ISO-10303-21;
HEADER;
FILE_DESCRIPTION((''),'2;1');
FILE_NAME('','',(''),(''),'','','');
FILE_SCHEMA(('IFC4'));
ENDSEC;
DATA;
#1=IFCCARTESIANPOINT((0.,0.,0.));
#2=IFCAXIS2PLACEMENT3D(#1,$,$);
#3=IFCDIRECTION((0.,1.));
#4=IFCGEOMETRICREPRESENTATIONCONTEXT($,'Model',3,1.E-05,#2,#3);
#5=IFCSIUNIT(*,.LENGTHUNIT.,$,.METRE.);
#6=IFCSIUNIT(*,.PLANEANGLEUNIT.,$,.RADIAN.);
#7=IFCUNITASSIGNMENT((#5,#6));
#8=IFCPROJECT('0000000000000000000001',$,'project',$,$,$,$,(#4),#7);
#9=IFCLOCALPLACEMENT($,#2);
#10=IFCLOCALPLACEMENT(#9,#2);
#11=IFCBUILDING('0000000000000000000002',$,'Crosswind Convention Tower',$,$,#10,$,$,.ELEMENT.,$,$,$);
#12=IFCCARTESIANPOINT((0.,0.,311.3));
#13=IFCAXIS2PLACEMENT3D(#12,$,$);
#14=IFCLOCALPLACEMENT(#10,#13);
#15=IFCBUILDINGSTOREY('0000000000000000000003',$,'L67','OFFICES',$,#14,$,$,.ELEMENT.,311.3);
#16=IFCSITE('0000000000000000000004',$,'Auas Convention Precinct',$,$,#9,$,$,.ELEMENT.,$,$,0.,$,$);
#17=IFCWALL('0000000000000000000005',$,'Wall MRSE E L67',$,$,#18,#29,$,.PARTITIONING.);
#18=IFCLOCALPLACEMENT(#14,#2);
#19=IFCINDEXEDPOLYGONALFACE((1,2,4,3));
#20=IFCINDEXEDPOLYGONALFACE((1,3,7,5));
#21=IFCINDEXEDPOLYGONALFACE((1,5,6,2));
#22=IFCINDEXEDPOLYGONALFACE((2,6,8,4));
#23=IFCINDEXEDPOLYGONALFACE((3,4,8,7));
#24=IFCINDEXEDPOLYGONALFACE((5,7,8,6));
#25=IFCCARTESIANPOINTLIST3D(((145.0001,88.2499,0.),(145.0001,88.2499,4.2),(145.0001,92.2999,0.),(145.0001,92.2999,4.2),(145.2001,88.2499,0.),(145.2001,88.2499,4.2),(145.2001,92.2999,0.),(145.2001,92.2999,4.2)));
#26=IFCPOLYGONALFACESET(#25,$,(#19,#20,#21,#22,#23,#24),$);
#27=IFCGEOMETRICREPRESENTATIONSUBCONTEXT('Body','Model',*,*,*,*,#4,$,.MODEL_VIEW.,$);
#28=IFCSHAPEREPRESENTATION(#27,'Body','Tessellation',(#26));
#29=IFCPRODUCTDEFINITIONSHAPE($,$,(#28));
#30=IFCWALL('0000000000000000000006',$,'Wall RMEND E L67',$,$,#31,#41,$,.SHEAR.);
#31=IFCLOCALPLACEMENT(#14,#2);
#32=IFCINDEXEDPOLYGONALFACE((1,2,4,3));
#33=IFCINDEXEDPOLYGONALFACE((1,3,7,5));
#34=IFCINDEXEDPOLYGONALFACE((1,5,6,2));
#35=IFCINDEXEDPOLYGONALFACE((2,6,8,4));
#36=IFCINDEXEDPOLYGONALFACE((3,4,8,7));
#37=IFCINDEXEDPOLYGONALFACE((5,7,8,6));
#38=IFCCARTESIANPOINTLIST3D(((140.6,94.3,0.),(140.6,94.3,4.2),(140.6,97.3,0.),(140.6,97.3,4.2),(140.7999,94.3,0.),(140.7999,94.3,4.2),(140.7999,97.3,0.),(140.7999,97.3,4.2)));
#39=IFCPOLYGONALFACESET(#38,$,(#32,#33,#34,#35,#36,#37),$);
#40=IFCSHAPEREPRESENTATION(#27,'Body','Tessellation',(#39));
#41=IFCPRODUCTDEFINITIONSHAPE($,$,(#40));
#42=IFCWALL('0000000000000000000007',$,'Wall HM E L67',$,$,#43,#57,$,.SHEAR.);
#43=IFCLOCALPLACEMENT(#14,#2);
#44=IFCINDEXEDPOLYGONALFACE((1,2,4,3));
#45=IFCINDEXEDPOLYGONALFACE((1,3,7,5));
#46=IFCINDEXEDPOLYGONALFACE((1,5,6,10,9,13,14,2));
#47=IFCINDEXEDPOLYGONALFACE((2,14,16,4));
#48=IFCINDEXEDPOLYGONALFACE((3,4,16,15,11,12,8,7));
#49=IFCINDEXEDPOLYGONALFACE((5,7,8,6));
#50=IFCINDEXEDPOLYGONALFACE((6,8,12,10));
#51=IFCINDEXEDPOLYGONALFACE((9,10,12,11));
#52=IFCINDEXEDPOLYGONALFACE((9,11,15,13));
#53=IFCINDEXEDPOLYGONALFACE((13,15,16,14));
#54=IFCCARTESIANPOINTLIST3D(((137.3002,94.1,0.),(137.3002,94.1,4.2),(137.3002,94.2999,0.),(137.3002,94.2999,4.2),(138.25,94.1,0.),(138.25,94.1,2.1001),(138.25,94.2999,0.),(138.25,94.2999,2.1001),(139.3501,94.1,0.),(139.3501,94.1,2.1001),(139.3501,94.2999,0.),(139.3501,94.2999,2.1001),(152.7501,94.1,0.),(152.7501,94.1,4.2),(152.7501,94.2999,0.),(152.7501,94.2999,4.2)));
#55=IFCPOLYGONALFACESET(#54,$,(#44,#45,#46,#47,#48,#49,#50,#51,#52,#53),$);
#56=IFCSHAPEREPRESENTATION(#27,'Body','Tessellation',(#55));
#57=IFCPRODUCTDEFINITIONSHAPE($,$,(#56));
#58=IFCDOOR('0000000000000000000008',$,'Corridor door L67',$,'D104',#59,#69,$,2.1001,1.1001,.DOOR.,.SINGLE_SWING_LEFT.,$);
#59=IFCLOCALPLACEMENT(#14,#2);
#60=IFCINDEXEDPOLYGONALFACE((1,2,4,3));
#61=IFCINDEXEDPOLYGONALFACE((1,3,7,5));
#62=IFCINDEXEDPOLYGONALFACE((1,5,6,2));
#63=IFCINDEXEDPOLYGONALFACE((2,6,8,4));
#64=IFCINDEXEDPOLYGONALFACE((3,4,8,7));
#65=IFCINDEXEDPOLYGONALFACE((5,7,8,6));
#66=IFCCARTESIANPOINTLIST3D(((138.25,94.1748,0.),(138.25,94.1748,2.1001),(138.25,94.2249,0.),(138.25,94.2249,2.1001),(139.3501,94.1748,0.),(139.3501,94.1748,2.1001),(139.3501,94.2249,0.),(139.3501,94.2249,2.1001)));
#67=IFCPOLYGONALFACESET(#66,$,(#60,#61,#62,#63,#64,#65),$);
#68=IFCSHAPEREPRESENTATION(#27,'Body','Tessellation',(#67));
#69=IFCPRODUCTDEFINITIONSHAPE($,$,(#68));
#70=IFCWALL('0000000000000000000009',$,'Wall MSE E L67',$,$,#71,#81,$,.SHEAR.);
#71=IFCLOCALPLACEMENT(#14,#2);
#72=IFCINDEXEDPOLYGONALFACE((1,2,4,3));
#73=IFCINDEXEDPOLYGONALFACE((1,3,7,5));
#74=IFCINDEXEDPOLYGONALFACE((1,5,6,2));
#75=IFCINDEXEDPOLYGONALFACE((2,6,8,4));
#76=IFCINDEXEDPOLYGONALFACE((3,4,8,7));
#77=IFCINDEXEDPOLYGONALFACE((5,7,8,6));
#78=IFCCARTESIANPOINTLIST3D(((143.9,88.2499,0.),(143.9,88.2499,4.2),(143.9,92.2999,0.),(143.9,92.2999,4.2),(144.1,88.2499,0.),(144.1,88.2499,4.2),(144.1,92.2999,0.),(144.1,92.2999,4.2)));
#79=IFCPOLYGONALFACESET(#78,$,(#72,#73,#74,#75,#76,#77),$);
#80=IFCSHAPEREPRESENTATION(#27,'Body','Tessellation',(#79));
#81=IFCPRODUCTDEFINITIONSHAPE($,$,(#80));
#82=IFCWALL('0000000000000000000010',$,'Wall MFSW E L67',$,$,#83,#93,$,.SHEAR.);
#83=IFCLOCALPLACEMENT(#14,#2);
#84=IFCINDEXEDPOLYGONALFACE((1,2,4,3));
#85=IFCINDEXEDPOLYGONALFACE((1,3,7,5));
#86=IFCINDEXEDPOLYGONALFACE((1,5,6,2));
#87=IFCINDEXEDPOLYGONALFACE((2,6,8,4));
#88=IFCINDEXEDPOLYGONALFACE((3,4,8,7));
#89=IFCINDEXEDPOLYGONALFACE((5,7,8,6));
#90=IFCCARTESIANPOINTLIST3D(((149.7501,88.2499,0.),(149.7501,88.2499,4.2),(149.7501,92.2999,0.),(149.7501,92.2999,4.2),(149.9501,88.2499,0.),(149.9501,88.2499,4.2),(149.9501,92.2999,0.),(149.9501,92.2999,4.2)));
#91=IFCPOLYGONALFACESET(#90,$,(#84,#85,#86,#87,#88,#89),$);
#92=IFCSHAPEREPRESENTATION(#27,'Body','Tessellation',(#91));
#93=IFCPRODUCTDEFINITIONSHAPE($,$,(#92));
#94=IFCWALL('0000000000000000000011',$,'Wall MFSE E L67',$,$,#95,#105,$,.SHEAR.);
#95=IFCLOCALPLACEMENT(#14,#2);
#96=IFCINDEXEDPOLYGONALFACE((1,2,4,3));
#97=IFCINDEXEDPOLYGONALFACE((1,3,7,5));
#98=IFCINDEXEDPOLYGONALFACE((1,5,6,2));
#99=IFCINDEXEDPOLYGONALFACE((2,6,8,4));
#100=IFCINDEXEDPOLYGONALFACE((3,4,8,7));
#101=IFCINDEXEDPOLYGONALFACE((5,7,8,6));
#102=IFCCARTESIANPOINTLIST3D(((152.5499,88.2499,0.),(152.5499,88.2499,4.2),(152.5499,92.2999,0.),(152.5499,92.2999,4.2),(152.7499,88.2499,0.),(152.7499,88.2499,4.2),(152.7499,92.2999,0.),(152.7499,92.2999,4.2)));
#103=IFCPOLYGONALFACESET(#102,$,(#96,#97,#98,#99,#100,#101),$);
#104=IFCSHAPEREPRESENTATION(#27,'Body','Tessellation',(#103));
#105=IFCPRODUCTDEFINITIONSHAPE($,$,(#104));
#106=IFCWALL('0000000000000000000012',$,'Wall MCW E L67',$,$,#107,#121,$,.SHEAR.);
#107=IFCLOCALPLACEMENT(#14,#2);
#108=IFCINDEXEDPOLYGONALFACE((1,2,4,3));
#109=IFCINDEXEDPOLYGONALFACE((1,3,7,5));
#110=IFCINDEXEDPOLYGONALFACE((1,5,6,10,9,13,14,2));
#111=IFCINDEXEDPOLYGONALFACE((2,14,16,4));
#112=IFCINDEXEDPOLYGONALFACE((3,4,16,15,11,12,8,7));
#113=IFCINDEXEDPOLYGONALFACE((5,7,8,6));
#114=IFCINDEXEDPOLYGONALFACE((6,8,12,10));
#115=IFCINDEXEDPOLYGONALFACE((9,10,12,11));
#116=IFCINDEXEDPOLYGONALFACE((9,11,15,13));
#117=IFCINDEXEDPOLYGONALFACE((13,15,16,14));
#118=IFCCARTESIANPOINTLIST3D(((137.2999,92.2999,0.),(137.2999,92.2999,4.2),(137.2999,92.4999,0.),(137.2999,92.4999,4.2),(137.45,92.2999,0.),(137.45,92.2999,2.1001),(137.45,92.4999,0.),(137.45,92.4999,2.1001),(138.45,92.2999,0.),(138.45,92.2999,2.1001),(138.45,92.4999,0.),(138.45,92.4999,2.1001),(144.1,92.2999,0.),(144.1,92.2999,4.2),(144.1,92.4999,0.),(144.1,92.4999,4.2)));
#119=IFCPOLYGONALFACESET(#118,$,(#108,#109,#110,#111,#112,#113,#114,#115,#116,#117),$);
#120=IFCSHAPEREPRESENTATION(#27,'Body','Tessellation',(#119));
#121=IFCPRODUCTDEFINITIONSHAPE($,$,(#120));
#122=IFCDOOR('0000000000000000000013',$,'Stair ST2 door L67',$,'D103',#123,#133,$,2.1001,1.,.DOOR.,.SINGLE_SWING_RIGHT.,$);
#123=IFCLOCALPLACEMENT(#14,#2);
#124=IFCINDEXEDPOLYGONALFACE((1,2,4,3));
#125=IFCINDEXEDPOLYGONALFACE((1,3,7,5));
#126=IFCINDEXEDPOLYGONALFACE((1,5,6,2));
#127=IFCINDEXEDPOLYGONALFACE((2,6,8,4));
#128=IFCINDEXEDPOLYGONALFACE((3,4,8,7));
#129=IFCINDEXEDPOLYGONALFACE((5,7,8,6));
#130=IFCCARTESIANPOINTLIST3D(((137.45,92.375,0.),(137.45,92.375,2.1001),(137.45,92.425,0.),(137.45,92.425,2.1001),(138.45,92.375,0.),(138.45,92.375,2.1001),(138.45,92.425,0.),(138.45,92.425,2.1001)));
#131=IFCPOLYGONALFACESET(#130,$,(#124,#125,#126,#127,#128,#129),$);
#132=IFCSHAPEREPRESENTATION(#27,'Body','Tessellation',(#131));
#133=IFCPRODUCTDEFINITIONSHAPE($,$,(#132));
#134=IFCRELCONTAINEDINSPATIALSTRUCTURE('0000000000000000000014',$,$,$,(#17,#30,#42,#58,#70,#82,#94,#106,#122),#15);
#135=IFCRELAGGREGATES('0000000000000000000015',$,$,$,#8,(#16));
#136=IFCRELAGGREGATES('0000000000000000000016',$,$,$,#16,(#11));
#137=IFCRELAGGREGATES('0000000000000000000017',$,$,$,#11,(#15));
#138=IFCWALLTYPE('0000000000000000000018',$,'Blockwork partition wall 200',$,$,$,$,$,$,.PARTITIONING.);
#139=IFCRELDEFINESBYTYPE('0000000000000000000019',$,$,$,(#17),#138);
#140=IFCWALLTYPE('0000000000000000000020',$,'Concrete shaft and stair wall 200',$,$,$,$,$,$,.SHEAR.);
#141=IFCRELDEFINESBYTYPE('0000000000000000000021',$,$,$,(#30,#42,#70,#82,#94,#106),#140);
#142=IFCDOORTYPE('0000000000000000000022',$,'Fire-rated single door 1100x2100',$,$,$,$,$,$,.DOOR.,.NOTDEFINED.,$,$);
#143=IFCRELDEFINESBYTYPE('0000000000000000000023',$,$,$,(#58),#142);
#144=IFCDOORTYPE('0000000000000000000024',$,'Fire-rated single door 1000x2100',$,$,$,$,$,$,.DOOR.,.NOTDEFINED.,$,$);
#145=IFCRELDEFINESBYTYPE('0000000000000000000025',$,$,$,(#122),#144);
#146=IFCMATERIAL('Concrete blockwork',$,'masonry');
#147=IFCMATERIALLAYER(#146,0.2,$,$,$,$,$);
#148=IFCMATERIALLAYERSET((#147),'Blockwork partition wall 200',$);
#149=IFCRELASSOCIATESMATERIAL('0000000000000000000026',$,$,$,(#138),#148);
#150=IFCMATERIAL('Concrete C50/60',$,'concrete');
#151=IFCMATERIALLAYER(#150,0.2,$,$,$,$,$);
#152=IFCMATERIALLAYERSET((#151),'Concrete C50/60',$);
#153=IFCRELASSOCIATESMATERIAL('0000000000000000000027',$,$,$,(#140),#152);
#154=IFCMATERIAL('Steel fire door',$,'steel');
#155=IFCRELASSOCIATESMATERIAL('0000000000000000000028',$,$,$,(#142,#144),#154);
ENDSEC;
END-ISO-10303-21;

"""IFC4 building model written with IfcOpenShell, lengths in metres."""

from ifc_helpers import new_model, si_unit, direction, frame, frame_2d, origin, place, context, subcontext, project, spatial, rectangle, extrude, material, layer, layer_set, type_object, element, fill, save


model = new_model("IFC4")

# Units and contexts
model_context = context("Model", 3, precision=1e-05, world=origin(), true_north=direction((0.0, 1.0)))
body_context = subcontext(model_context, "Body", "Model", "MODEL_VIEW")
ifc_project = project(units=[si_unit("LENGTHUNIT", "METRE"), si_unit("PLANEANGLEUNIT", "RADIAN")], contexts=[model_context])

# Site, building, storey
site_placement = place(None, origin())
site = spatial("IfcSite", under=ifc_project, at=site_placement, Name="Auas Convention Precinct", CompositionType="ELEMENT", RefElevation=0.0)
building_placement = place(site_placement, origin())
building = spatial("IfcBuilding", under=site, at=building_placement, Name="Crosswind Convention Tower", CompositionType="ELEMENT")
storey_placement = place(building_placement, frame((0.0, 0.0, 311.3)))
storey = spatial("IfcBuildingStorey", under=building, at=storey_placement, Name="L67", Description="OFFICES", CompositionType="ELEMENT", Elevation=311.3)

# Wall
ifc_material_1 = material(Name="Concrete blockwork", Category="masonry")
ifc_layer_1 = layer(ifc_material_1, 0.2)
ifc_layer_set_1 = layer_set([ifc_layer_1], Name="Blockwork partition wall 200")
wall_type_1 = type_object("IfcWallType", Name="Blockwork partition wall 200", PredefinedType="PARTITIONING", material=ifc_layer_set_1)
wall_1_placement = place(storey_placement, frame((145.1001, 88.25, 0.0), z_axis=(0.0, 0.0, 1.0), x_axis=(0.0, 1.0, 0.0)))
element("IfcWall", 1, at=wall_1_placement, inside=storey, type_object=wall_type_1, Name="Wall MRSE E L67", PredefinedType="PARTITIONING", context=body_context, shape_type="SweptSolid", body=[
    extrude(rectangle(XDim=4.05, YDim=0.2, at=frame_2d((2.0249, 0.0))), origin(), (0.0, 0.0, 1.0), 4.2),
])

# Shared definitions
ifc_material_2 = material(Name="Concrete C50/60", Category="concrete")

# Wall
ifc_layer_2 = layer(ifc_material_2, 0.2)
ifc_layer_set_2 = layer_set([ifc_layer_2], Name="Concrete C50/60")
wall_type_2 = type_object("IfcWallType", Name="Concrete shaft and stair wall 200", PredefinedType="SHEAR", material=ifc_layer_set_2)
wall_2_placement = place(storey_placement, frame((140.7, 94.3, 0.0), z_axis=(0.0, 0.0, 1.0), x_axis=(0.0, 1.0, 0.0)))
element("IfcWall", 2, at=wall_2_placement, inside=storey, type_object=wall_type_2, Name="Wall RMEND E L67", PredefinedType="SHEAR", context=body_context, shape_type="SweptSolid", body=[
    extrude(rectangle(XDim=3.0, YDim=0.2, at=frame_2d((1.5, 0.0))), origin(), (0.0, 0.0, 1.0), 4.2),
])

# Wall, opening, door
wall_3_placement = place(storey_placement, frame((137.3, 94.2, 0.0), z_axis=(0.0, 0.0, 1.0), x_axis=(1.0, 0.0, 0.0)))
wall_3 = element("IfcWall", 3, at=wall_3_placement, inside=storey, type_object=wall_type_2, Name="Wall HM E L67", PredefinedType="SHEAR", context=body_context, shape_type="SweptSolid", body=[
    extrude(rectangle(XDim=15.45, YDim=0.2, at=frame_2d((7.7251, 0.0))), origin(), (0.0, 0.0, 1.0), 4.2),
])
opening_1_placement = place(wall_3_placement, frame((0.95, 0.0, 0.0)))
opening_1 = element("IfcOpeningElement", 4, at=opening_1_placement, cuts=wall_3, PredefinedType="OPENING", context=body_context, shape_type="SweptSolid", body=[
    extrude(rectangle(XDim=1.1001, YDim=2.1001, at=frame_2d((0.55, 1.05))), frame((0.0, 0.1099, 0.0), z_axis=(0.0, -1.0, 0.0), x_axis=(1.0, 0.0, 0.0)), (0.0, 0.0, 1.0), 0.22),
])
ifc_material_3 = material(Name="Steel fire door", Category="steel")
door_type_1 = type_object("IfcDoorType", Name="Fire-rated single door 1100x2100", OperationType="NOTDEFINED", PredefinedType="DOOR", material=ifc_material_3)
door_1_placement = place(opening_1_placement, origin())
door_1 = element("IfcDoor", 5, at=door_1_placement, inside=storey, type_object=door_type_1, Name="Corridor door L67", ObjectType="D104", OperationType="SINGLE_SWING_LEFT", OverallHeight=2.1001, OverallWidth=1.1001, PredefinedType="DOOR", context=body_context, shape_type="SweptSolid", body=[
    extrude(rectangle(XDim=1.1001, YDim=2.1001, at=frame_2d((0.55, 1.05))), frame((0.0, 0.0249, 0.0), z_axis=(0.0, -1.0, 0.0), x_axis=(1.0, 0.0, 0.0)), (0.0, 0.0, 1.0), 0.05),
])
fill(opening_1, door_1)

# Walls
for number, where, z_axis, x_axis, name in (
    (6, (144.0, 88.25, 0.0), (0.0, 0.0, 1.0), (0.0, 1.0, 0.0), "Wall MSE E L67"),
    (7, (149.8501, 88.25, 0.0), (0.0, 0.0, 1.0), (0.0, 1.0, 0.0), "Wall MFSW E L67"),
    (8, (152.6499, 88.25, 0.0), (0.0, 0.0, 1.0), (0.0, 1.0, 0.0), "Wall MFSE E L67"),
):
    element("IfcWall", number, at=place(storey_placement, frame(where, z_axis=z_axis, x_axis=x_axis)), inside=storey, type_object=wall_type_2, Name=name, PredefinedType="SHEAR", context=body_context, shape_type="SweptSolid", body=[
        extrude(rectangle(XDim=4.05, YDim=0.2, at=frame_2d((2.0249, 0.0))), origin(), (0.0, 0.0, 1.0), 4.2),
    ])

# Wall, opening, door
wall_4_placement = place(storey_placement, frame((137.3, 92.3999, 0.0), z_axis=(0.0, 0.0, 1.0), x_axis=(1.0, 0.0, 0.0)))
wall_4 = element("IfcWall", 9, at=wall_4_placement, inside=storey, type_object=wall_type_2, Name="Wall MCW E L67", PredefinedType="SHEAR", context=body_context, shape_type="SweptSolid", body=[
    extrude(rectangle(XDim=6.8, YDim=0.2, at=frame_2d((3.3999, 0.0))), origin(), (0.0, 0.0, 1.0), 4.2),
])
opening_2_placement = place(wall_4_placement, frame((0.1499, 0.0, 0.0)))
opening_2 = element("IfcOpeningElement", 10, at=opening_2_placement, cuts=wall_4, PredefinedType="OPENING", context=body_context, shape_type="SweptSolid", body=[
    extrude(rectangle(XDim=1.0, YDim=2.1001, at=frame_2d((0.5, 1.05))), frame((0.0, 0.1099, 0.0), z_axis=(0.0, -1.0, 0.0), x_axis=(1.0, 0.0, 0.0)), (0.0, 0.0, 1.0), 0.22),
])
door_type_2 = type_object("IfcDoorType", Name="Fire-rated single door 1000x2100", OperationType="NOTDEFINED", PredefinedType="DOOR", material=ifc_material_3)
door_2_placement = place(opening_2_placement, frame((1.0, 0.0, 0.0), z_axis=(0.0, 0.0, 1.0), x_axis=(-1.0, 0.0, 0.0)))
door_2 = element("IfcDoor", 11, at=door_2_placement, inside=storey, type_object=door_type_2, Name="Stair ST2 door L67", ObjectType="D103", OperationType="SINGLE_SWING_RIGHT", OverallHeight=2.1001, OverallWidth=1.0, PredefinedType="DOOR", context=body_context, shape_type="SweptSolid", body=[
    extrude(rectangle(XDim=1.0, YDim=2.1001, at=frame_2d((0.5, 1.05))), frame((0.0, 0.0249, 0.0), z_axis=(0.0, -1.0, 0.0), x_axis=(1.0, 0.0, 0.0)), (0.0, 0.0, 1.0), 0.05),
])
fill(opening_2, door_2)

save(model, "model.ifc")
